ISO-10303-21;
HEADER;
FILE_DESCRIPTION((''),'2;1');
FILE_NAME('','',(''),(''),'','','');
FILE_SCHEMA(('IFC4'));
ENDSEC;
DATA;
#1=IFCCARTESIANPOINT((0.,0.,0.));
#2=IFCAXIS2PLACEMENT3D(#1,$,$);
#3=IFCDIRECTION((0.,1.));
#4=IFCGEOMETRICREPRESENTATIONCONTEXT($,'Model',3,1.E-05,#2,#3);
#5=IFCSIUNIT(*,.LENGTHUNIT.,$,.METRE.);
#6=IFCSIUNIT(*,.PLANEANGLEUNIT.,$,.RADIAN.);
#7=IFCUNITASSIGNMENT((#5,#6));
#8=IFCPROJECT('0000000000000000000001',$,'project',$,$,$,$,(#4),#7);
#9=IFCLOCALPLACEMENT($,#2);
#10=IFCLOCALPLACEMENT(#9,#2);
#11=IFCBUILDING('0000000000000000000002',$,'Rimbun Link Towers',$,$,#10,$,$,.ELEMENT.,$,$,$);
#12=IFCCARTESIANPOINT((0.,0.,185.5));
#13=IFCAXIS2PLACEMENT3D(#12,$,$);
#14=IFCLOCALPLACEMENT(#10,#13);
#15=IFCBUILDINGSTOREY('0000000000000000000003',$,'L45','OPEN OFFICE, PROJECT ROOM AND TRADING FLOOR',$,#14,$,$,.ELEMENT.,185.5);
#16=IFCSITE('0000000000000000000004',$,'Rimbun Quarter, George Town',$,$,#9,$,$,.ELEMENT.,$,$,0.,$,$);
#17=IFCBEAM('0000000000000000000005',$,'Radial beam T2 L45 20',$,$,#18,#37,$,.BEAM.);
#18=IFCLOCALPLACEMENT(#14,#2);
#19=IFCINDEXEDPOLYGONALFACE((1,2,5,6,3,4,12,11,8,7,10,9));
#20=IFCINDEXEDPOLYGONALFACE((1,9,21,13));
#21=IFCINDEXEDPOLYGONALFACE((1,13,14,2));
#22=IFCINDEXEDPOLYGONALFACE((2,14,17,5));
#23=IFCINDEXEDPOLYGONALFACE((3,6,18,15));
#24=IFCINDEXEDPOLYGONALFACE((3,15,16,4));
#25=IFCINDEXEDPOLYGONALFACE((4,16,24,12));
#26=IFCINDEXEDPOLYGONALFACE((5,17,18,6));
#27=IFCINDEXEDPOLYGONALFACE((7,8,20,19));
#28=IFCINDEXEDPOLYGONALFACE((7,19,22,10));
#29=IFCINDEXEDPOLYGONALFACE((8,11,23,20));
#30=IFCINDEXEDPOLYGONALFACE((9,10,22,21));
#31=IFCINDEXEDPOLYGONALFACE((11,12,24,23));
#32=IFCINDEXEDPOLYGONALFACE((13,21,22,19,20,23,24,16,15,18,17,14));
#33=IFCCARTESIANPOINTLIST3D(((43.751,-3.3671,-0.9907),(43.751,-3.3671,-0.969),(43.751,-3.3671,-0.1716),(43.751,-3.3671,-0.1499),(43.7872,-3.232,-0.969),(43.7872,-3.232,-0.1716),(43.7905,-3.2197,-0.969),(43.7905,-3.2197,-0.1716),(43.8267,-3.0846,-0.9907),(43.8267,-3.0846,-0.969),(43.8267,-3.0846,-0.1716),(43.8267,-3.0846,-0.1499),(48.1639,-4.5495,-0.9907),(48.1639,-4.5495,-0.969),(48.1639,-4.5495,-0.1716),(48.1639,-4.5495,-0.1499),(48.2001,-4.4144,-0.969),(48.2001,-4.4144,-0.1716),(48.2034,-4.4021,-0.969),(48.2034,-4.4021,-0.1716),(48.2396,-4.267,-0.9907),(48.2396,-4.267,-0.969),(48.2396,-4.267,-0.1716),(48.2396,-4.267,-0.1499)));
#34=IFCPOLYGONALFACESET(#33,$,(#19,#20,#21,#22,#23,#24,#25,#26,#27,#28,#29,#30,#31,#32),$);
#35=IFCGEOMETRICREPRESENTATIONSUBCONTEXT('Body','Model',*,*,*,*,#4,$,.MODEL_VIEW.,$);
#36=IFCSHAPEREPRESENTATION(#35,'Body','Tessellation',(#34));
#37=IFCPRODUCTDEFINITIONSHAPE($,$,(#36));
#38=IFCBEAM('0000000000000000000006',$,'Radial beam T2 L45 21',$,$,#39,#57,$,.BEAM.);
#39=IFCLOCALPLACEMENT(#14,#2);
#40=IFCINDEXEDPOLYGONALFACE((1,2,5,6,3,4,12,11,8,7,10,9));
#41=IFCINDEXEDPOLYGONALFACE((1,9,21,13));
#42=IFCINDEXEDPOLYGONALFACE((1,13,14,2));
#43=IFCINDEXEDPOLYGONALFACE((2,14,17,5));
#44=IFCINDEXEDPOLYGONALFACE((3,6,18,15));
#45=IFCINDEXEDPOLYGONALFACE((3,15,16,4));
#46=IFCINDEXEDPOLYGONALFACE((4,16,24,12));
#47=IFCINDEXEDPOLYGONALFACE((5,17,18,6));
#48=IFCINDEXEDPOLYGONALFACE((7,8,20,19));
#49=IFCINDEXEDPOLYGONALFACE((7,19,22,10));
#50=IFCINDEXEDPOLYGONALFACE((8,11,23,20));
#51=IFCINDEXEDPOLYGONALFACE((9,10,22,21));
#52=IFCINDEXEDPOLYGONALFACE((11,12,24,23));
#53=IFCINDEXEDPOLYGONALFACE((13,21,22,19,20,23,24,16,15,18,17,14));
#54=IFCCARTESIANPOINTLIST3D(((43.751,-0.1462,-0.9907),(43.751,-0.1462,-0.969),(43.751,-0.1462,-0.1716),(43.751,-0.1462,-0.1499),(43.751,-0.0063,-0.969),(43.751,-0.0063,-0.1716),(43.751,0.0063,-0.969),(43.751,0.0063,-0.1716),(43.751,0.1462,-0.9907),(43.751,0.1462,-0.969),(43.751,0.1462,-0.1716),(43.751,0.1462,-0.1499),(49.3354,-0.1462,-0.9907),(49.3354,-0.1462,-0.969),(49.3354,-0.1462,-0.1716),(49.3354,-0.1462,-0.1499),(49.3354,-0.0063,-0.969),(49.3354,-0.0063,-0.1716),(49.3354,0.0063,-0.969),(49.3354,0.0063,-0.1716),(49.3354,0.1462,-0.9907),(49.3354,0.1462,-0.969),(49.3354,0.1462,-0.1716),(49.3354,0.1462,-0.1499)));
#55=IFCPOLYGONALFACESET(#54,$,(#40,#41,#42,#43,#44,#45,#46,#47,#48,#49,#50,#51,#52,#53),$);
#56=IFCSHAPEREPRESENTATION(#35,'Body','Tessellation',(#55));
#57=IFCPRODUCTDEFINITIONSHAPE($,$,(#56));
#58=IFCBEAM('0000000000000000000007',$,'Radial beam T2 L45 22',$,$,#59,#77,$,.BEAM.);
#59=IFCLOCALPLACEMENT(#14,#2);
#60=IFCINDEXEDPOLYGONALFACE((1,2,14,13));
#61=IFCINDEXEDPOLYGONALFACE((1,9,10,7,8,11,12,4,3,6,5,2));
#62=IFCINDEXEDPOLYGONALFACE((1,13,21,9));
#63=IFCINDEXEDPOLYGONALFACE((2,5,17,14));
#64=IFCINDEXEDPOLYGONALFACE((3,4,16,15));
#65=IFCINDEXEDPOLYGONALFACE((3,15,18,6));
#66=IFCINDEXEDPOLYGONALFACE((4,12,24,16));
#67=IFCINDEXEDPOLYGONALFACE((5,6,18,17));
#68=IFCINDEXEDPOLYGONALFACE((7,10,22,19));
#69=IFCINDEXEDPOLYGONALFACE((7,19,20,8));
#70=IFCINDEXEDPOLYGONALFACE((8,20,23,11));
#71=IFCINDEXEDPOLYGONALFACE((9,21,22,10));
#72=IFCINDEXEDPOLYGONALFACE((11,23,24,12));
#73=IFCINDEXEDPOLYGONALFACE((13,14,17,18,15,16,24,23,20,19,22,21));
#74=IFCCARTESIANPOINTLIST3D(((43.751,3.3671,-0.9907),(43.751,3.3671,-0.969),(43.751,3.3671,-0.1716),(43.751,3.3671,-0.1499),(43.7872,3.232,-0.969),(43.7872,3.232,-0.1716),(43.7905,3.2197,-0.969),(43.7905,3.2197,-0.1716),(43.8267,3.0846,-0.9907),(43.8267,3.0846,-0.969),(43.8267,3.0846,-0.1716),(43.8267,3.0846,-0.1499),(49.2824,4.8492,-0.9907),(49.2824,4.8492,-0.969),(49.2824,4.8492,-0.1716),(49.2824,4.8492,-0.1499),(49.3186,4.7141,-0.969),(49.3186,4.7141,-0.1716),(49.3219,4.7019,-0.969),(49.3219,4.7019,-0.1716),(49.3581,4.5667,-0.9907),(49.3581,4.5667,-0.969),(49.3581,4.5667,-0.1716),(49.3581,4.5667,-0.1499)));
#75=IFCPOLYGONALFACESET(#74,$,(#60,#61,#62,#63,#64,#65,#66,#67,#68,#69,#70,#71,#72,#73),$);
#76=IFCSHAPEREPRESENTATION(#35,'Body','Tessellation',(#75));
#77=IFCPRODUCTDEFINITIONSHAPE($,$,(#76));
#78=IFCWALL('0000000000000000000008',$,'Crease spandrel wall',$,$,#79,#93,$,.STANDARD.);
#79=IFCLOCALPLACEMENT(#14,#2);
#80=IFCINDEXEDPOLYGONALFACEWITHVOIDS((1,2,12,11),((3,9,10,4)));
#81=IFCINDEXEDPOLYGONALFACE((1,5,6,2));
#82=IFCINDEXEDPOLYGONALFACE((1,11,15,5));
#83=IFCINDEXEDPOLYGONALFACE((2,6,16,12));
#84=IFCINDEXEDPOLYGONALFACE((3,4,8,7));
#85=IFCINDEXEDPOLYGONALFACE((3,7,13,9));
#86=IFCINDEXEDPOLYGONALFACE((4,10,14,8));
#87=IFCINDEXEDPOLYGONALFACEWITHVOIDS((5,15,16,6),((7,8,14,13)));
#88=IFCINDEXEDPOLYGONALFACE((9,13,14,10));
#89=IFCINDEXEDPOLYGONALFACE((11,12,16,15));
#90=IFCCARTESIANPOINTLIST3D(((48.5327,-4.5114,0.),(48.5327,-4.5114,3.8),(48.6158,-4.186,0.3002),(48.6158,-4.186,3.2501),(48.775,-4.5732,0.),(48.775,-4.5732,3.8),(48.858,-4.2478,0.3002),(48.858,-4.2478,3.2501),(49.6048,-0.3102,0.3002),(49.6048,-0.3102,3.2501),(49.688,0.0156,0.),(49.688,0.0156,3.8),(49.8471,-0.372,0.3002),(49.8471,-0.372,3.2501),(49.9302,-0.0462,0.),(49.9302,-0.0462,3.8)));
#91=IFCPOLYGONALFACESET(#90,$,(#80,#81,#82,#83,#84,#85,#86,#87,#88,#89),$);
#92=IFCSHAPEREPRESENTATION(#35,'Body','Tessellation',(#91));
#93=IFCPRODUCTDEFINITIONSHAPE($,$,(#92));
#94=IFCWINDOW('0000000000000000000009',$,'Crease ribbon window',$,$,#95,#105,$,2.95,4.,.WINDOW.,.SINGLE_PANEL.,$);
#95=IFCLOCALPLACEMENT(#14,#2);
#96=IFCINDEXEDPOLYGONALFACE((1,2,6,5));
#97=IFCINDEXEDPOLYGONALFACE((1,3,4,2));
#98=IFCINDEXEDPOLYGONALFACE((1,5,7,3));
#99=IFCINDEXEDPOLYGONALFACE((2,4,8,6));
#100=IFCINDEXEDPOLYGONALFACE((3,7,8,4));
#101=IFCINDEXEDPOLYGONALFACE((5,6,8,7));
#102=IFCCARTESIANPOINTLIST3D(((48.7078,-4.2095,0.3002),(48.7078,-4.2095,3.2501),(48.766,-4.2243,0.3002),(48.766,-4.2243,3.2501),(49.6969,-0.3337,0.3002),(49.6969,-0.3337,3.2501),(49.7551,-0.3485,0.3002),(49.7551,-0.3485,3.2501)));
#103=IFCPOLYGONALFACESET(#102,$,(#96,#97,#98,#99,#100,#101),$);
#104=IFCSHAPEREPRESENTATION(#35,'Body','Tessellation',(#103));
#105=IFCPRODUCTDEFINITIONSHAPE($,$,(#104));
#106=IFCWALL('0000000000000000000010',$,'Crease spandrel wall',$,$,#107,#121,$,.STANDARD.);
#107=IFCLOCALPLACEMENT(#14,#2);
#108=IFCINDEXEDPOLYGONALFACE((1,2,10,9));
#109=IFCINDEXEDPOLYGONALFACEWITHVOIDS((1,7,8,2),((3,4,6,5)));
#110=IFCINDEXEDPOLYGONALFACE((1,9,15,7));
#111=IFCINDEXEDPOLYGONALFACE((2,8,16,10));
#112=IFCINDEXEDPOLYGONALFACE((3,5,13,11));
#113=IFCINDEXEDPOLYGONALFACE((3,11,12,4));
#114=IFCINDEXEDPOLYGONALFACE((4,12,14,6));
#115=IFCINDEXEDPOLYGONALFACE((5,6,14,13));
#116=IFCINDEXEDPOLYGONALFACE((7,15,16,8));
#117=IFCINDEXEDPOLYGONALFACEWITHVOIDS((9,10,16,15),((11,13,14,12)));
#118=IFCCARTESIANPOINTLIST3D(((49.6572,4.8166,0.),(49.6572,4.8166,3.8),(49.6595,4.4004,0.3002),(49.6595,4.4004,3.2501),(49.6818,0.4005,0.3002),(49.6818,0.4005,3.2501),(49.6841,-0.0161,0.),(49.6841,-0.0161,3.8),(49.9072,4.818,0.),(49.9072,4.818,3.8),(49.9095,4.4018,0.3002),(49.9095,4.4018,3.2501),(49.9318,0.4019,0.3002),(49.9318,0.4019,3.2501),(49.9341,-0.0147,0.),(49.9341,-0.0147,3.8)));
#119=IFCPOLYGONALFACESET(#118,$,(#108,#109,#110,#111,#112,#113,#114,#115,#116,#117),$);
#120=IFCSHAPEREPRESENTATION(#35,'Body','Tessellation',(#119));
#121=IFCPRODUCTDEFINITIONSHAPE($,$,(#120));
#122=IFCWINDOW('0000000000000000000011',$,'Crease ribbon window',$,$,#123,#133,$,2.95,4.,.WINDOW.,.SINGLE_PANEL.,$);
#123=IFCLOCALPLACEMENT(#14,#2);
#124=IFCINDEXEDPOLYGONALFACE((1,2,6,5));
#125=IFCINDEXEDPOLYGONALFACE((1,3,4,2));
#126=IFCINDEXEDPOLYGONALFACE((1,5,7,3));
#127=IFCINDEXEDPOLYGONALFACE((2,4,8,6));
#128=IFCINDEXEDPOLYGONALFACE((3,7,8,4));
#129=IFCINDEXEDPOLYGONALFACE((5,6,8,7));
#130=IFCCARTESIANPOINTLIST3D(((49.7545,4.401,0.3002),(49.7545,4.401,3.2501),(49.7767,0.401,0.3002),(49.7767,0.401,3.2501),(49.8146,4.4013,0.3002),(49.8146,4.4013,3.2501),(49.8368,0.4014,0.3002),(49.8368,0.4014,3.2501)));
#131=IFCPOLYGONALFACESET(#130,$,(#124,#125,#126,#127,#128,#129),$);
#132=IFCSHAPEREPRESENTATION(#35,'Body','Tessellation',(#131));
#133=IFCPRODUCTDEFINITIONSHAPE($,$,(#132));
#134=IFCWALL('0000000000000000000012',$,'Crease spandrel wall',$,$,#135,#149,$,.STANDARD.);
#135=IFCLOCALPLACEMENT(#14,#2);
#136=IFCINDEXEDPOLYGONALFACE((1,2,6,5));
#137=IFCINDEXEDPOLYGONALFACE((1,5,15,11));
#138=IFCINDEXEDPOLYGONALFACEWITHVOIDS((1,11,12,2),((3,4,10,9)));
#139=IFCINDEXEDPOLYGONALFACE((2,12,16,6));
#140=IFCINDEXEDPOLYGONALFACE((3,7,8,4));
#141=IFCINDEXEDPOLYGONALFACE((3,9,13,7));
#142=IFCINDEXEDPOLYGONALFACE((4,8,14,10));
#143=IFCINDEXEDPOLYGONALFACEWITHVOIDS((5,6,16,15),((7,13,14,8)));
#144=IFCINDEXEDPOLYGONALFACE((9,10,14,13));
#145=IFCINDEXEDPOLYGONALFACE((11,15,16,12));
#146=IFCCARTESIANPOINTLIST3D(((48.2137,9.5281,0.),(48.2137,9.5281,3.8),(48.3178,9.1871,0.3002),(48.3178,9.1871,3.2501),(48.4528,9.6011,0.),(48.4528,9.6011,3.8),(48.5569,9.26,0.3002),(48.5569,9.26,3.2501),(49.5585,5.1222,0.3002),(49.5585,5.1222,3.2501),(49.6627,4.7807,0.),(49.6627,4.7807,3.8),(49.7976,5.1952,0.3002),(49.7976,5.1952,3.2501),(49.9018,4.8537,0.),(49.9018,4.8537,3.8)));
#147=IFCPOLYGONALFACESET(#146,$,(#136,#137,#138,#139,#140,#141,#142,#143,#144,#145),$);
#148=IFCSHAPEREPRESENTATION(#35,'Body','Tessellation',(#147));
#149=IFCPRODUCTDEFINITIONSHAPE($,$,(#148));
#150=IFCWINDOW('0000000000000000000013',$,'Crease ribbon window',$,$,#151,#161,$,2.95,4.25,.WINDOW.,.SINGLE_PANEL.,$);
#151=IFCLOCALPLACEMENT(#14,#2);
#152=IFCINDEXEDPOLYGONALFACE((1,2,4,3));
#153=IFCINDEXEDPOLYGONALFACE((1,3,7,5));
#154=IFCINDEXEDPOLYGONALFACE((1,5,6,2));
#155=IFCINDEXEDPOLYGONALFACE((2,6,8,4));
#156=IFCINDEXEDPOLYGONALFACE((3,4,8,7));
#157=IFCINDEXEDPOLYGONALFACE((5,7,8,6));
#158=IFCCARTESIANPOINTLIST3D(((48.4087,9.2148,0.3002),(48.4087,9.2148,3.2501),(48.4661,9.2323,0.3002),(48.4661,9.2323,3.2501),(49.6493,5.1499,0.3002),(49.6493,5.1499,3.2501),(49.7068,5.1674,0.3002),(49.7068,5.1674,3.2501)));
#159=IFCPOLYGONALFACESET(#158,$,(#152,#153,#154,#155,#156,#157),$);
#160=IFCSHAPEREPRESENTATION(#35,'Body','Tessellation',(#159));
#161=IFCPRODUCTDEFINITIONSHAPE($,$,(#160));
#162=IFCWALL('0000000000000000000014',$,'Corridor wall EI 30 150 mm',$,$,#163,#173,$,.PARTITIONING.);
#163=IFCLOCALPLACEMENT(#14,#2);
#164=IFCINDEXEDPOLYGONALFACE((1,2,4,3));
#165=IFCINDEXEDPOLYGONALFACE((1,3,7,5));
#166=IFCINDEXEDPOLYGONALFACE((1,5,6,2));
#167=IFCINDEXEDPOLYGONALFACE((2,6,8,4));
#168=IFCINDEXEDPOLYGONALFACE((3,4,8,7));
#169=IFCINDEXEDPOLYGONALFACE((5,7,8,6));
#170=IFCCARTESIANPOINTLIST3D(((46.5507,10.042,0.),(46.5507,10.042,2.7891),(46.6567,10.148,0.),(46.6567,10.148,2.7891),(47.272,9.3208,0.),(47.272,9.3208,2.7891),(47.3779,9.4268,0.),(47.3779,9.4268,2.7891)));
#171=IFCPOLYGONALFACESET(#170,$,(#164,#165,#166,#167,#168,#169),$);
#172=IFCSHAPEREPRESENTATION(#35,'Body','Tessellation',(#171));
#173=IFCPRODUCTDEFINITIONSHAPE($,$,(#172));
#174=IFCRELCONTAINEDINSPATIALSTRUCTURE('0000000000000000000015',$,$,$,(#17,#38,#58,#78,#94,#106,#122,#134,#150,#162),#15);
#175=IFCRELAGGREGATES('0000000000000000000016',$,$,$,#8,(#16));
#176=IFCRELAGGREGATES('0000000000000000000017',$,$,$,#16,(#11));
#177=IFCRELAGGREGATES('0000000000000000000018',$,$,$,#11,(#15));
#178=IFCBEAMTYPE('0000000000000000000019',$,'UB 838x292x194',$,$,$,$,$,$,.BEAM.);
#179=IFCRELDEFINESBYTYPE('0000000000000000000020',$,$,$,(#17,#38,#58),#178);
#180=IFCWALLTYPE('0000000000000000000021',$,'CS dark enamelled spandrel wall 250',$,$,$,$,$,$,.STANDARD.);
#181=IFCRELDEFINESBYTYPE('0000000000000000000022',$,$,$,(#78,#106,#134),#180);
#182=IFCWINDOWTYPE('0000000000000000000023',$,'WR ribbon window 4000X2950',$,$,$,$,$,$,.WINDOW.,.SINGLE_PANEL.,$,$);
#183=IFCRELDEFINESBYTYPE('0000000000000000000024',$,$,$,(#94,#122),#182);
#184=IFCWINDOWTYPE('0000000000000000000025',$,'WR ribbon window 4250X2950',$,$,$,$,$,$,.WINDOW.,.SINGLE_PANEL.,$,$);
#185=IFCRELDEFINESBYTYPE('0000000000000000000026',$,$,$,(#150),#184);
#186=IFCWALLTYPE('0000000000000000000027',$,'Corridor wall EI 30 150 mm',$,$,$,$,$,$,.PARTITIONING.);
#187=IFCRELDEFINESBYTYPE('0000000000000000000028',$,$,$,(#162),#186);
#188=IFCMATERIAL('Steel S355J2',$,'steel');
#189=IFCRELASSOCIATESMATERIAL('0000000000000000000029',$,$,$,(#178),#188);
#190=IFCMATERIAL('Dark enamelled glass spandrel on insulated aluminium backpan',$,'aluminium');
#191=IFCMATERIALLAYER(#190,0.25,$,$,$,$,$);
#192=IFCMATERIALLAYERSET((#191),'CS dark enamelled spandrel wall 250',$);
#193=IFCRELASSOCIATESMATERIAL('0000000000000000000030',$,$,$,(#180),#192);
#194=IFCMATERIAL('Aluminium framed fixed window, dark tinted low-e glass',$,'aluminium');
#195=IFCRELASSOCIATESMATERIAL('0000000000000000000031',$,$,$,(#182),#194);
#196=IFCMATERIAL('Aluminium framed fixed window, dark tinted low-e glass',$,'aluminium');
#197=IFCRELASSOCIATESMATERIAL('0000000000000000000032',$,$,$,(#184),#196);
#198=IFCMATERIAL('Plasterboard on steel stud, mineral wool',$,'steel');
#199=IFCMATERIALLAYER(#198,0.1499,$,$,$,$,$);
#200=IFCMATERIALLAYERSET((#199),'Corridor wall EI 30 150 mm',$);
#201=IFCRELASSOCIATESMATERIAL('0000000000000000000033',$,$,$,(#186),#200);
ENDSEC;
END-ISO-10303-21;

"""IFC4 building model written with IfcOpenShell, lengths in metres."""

from ifc_helpers import new_model, si_unit, direction, frame, frame_2d, origin, origin_2d, place, context, subcontext, project, spatial, rectangle, i_section, extrude, material, layer, layer_set, material_profile, profile_set, type_object, element, fill, save


model = new_model("IFC4")

# Units and contexts
model_context = context("Model", 3, precision=1e-05, world=origin(), true_north=direction((0.0, 1.0)))
body_context = subcontext(model_context, "Body", "Model", "MODEL_VIEW")
ifc_project = project(units=[si_unit("LENGTHUNIT", "METRE"), si_unit("PLANEANGLEUNIT", "RADIAN")], contexts=[model_context])

# Site, building, storey
site_placement = place(None, origin())
site = spatial("IfcSite", under=ifc_project, at=site_placement, Name="Rimbun Quarter, George Town", CompositionType="ELEMENT", RefElevation=0.0)
building_placement = place(site_placement, origin())
building = spatial("IfcBuilding", under=site, at=building_placement, Name="Rimbun Link Towers", CompositionType="ELEMENT")
storey_placement = place(building_placement, frame((0.0, 0.0, 185.5)))
storey = spatial("IfcBuildingStorey", under=building, at=storey_placement, Name="L45", Description="OPEN OFFICE, PROJECT ROOM AND TRADING FLOOR", CompositionType="ELEMENT", Elevation=185.5)

# Beams
ifc_material_1 = material(Name="Steel S355J2", Category="steel")
ifc_material_profile_1 = material_profile(ifc_material_1, i_section(OverallWidth=0.2925, OverallDepth=0.8408, WebThickness=0.0127, FlangeThickness=0.0217, at=origin_2d()), Name="UB 838x292x194")
ifc_profile_set_1 = profile_set([ifc_material_profile_1], Name="Steel S355J2")
beam_type_1 = type_object("IfcBeamType", Name="UB 838x292x194", PredefinedType="BEAM", material=ifc_profile_set_1)
beam_1_placement = place(storey_placement, frame((43.7888, -3.2258, -0.5703), z_axis=(0.965928, -0.25881, 0.0), x_axis=(0.25881, 0.965928, 0.0)))
element("IfcBeam", 1, at=beam_1_placement, inside=storey, type_object=beam_type_1, Name="Radial beam T2 L45 20", PredefinedType="BEAM", context=body_context, shape_type="SweptSolid", body=[
    extrude(i_section(OverallWidth=0.2925, OverallDepth=0.8408, WebThickness=0.0127, FlangeThickness=0.0217, at=origin_2d()), origin(), (0.0, 0.0, 1.0), 4.5686),
])
beam_2_placement = place(storey_placement, frame((43.751, 0.0, -0.5703), z_axis=(1.0, 0.0, 0.0), x_axis=(0.0, 1.0, 0.0)))
element("IfcBeam", 2, at=beam_2_placement, inside=storey, type_object=beam_type_1, Name="Radial beam T2 L45 21", PredefinedType="BEAM", context=body_context, shape_type="SweptSolid", body=[
    extrude(i_section(OverallWidth=0.2925, OverallDepth=0.8408, WebThickness=0.0127, FlangeThickness=0.0217, at=origin_2d()), origin(), (0.0, 0.0, 1.0), 5.5845),
])
beam_3_placement = place(storey_placement, frame((43.7888, 3.2258, -0.5703), z_axis=(0.965925, 0.258822, 0.0), x_axis=(-0.258822, 0.965925, 0.0)))
element("IfcBeam", 3, at=beam_3_placement, inside=storey, type_object=beam_type_1, Name="Radial beam T2 L45 22", PredefinedType="BEAM", context=body_context, shape_type="SweptSolid", body=[
    extrude(i_section(OverallWidth=0.2925, OverallDepth=0.8408, WebThickness=0.0127, FlangeThickness=0.0217, at=origin_2d()), origin(), (0.0, 0.0, 1.0), 5.7266),
])

# Walls, openings, windows
ifc_material_2 = material(Name="Dark enamelled glass spandrel on insulated aluminium backpan", Category="aluminium")
ifc_layer_1 = layer(ifc_material_2, 0.25)
ifc_layer_set_1 = layer_set([ifc_layer_1], Name="CS dark enamelled spandrel wall 250")
wall_type_1 = type_object("IfcWallType", Name="CS dark enamelled spandrel wall 250", PredefinedType="STANDARD", material=ifc_layer_set_1)
wall_1_placement = place(storey_placement, frame((49.8091, -0.0154, 0.0), z_axis=(0.0, 0.0, 1.0), x_axis=(-0.247266, -0.968948, 0.0)))
wall_1 = element("IfcWall", 4, at=wall_1_placement, inside=storey, type_object=wall_type_1, Name="Crease spandrel wall", PredefinedType="STANDARD", context=body_context, shape_type="SweptSolid", body=[
    extrude(rectangle(XDim=4.6721, YDim=0.25, at=frame_2d((2.3359, 0.0))), origin(), (0.0, 0.0, 1.0), 3.8),
])
opening_1_placement = place(wall_1_placement, frame((0.3362, 0.0, 0.3)))
opening_1 = element("IfcOpeningElement", 5, at=opening_1_placement, cuts=wall_1, PredefinedType="OPENING", context=body_context, shape_type="SweptSolid", body=[
    extrude(rectangle(XDim=4.0, YDim=2.95, at=frame_2d((2.0, 1.4751))), frame((0.0, 0.135, 0.0), z_axis=(0.0, -1.0, 0.0), x_axis=(1.0, 0.0, 0.0)), (0.0, 0.0, 1.0), 0.27),
])
ifc_material_3 = material(Name="Aluminium framed fixed window, dark tinted low-e glass", Category="aluminium")
window_type_1 = type_object("IfcWindowType", Name="WR ribbon window 4000X2950", PartitioningType="SINGLE_PANEL", PredefinedType="WINDOW", material=ifc_material_3)
window_1_placement = place(opening_1_placement, origin())
window_1 = element("IfcWindow", 6, at=window_1_placement, inside=storey, type_object=window_type_1, Name="Crease ribbon window", OverallHeight=2.95, OverallWidth=4.0, PartitioningType="SINGLE_PANEL", PredefinedType="WINDOW", context=body_context, shape_type="SweptSolid", body=[
    extrude(rectangle(XDim=4.0, YDim=2.95, at=frame_2d((2.0, 1.4751))), frame((0.0, 0.03, 0.0), z_axis=(0.0, -1.0, 0.0), x_axis=(1.0, 0.0, 0.0)), (0.0, 0.0, 1.0), 0.0601),
])
fill(opening_1, window_1)
wall_2_placement = place(storey_placement, frame((49.7822, 4.8174, 0.0), z_axis=(0.0, 0.0, 1.0), x_axis=(0.005557, -0.999985, 0.0)))
wall_2 = element("IfcWall", 7, at=wall_2_placement, inside=storey, type_object=wall_type_1, Name="Crease spandrel wall", PredefinedType="STANDARD", context=body_context, shape_type="SweptSolid", body=[
    extrude(rectangle(XDim=4.8328, YDim=0.25, at=frame_2d((2.4165, 0.0))), origin(), (0.0, 0.0, 1.0), 3.8),
])
opening_2_placement = place(wall_2_placement, frame((0.4163, 0.0, 0.3)))
opening_2 = element("IfcOpeningElement", 8, at=opening_2_placement, cuts=wall_2, PredefinedType="OPENING", context=body_context, shape_type="SweptSolid", body=[
    extrude(rectangle(XDim=4.0, YDim=2.95, at=frame_2d((2.0, 1.4751))), frame((0.0, 0.135, 0.0), z_axis=(0.0, -1.0, 0.0), x_axis=(1.0, 0.0, 0.0)), (0.0, 0.0, 1.0), 0.27),
])
window_2_placement = place(opening_2_placement, origin())
window_2 = element("IfcWindow", 9, at=window_2_placement, inside=storey, type_object=window_type_1, Name="Crease ribbon window", OverallHeight=2.95, OverallWidth=4.0, PartitioningType="SINGLE_PANEL", PredefinedType="WINDOW", context=body_context, shape_type="SweptSolid", body=[
    extrude(rectangle(XDim=4.0, YDim=2.95, at=frame_2d((2.0, 1.4751))), frame((0.0, 0.03, 0.0), z_axis=(0.0, -1.0, 0.0), x_axis=(1.0, 0.0, 0.0)), (0.0, 0.0, 1.0), 0.0601),
])
fill(opening_2, window_2)
wall_3_placement = place(storey_placement, frame((48.3333, 9.5647, 0.0), z_axis=(0.0, 0.0, 1.0), x_axis=(0.291925, -0.956441, 0.0)))
wall_3 = element("IfcWall", 10, at=wall_3_placement, inside=storey, type_object=wall_type_1, Name="Crease spandrel wall", PredefinedType="STANDARD", context=body_context, shape_type="SweptSolid", body=[
    extrude(rectangle(XDim=4.9636, YDim=0.25, at=frame_2d((2.4819, 0.0))), origin(), (0.0, 0.0, 1.0), 3.8),
])
opening_3_placement = place(wall_3_placement, frame((0.3567, 0.0, 0.3)))
opening_3 = element("IfcOpeningElement", 11, at=opening_3_placement, cuts=wall_3, PredefinedType="OPENING", context=body_context, shape_type="SweptSolid", body=[
    extrude(rectangle(XDim=4.25, YDim=2.95, at=frame_2d((2.125, 1.4751))), frame((0.0, 0.135, 0.0), z_axis=(0.0, -1.0, 0.0), x_axis=(1.0, 0.0, 0.0)), (0.0, 0.0, 1.0), 0.27),
])
ifc_material_4 = material(Name="Aluminium framed fixed window, dark tinted low-e glass", Category="aluminium")
window_type_2 = type_object("IfcWindowType", Name="WR ribbon window 4250X2950", PartitioningType="SINGLE_PANEL", PredefinedType="WINDOW", material=ifc_material_4)
window_3_placement = place(opening_3_placement, origin())
window_3 = element("IfcWindow", 12, at=window_3_placement, inside=storey, type_object=window_type_2, Name="Crease ribbon window", OverallHeight=2.95, OverallWidth=4.25, PartitioningType="SINGLE_PANEL", PredefinedType="WINDOW", context=body_context, shape_type="SweptSolid", body=[
    extrude(rectangle(XDim=4.25, YDim=2.95, at=frame_2d((2.125, 1.4751))), frame((0.0, 0.03, 0.0), z_axis=(0.0, -1.0, 0.0), x_axis=(1.0, 0.0, 0.0)), (0.0, 0.0, 1.0), 0.0601),
])
fill(opening_3, window_3)

# Wall
ifc_material_5 = material(Name="Plasterboard on steel stud, mineral wool", Category="steel")
ifc_layer_2 = layer(ifc_material_5, 0.1499)
ifc_layer_set_2 = layer_set([ifc_layer_2], Name="Corridor wall EI 30 150 mm")
wall_type_2 = type_object("IfcWallType", Name="Corridor wall EI 30 150 mm", PredefinedType="PARTITIONING", material=ifc_layer_set_2)
wall_4_placement = place(storey_placement, frame((47.325, 9.3738, 0.0), z_axis=(0.0, 0.0, 1.0), x_axis=(-0.707107, 0.707107, 0.0)))
element("IfcWall", 13, at=wall_4_placement, inside=storey, type_object=wall_type_2, Name="Corridor wall EI 30 150 mm", PredefinedType="PARTITIONING", context=body_context, shape_type="SweptSolid", body=[
    extrude(rectangle(XDim=1.02, YDim=0.1499, at=frame_2d((0.51, 0.0))), origin(), (0.0, 0.0, 1.0), 2.7891),
])

save(model, "model.ifc")
